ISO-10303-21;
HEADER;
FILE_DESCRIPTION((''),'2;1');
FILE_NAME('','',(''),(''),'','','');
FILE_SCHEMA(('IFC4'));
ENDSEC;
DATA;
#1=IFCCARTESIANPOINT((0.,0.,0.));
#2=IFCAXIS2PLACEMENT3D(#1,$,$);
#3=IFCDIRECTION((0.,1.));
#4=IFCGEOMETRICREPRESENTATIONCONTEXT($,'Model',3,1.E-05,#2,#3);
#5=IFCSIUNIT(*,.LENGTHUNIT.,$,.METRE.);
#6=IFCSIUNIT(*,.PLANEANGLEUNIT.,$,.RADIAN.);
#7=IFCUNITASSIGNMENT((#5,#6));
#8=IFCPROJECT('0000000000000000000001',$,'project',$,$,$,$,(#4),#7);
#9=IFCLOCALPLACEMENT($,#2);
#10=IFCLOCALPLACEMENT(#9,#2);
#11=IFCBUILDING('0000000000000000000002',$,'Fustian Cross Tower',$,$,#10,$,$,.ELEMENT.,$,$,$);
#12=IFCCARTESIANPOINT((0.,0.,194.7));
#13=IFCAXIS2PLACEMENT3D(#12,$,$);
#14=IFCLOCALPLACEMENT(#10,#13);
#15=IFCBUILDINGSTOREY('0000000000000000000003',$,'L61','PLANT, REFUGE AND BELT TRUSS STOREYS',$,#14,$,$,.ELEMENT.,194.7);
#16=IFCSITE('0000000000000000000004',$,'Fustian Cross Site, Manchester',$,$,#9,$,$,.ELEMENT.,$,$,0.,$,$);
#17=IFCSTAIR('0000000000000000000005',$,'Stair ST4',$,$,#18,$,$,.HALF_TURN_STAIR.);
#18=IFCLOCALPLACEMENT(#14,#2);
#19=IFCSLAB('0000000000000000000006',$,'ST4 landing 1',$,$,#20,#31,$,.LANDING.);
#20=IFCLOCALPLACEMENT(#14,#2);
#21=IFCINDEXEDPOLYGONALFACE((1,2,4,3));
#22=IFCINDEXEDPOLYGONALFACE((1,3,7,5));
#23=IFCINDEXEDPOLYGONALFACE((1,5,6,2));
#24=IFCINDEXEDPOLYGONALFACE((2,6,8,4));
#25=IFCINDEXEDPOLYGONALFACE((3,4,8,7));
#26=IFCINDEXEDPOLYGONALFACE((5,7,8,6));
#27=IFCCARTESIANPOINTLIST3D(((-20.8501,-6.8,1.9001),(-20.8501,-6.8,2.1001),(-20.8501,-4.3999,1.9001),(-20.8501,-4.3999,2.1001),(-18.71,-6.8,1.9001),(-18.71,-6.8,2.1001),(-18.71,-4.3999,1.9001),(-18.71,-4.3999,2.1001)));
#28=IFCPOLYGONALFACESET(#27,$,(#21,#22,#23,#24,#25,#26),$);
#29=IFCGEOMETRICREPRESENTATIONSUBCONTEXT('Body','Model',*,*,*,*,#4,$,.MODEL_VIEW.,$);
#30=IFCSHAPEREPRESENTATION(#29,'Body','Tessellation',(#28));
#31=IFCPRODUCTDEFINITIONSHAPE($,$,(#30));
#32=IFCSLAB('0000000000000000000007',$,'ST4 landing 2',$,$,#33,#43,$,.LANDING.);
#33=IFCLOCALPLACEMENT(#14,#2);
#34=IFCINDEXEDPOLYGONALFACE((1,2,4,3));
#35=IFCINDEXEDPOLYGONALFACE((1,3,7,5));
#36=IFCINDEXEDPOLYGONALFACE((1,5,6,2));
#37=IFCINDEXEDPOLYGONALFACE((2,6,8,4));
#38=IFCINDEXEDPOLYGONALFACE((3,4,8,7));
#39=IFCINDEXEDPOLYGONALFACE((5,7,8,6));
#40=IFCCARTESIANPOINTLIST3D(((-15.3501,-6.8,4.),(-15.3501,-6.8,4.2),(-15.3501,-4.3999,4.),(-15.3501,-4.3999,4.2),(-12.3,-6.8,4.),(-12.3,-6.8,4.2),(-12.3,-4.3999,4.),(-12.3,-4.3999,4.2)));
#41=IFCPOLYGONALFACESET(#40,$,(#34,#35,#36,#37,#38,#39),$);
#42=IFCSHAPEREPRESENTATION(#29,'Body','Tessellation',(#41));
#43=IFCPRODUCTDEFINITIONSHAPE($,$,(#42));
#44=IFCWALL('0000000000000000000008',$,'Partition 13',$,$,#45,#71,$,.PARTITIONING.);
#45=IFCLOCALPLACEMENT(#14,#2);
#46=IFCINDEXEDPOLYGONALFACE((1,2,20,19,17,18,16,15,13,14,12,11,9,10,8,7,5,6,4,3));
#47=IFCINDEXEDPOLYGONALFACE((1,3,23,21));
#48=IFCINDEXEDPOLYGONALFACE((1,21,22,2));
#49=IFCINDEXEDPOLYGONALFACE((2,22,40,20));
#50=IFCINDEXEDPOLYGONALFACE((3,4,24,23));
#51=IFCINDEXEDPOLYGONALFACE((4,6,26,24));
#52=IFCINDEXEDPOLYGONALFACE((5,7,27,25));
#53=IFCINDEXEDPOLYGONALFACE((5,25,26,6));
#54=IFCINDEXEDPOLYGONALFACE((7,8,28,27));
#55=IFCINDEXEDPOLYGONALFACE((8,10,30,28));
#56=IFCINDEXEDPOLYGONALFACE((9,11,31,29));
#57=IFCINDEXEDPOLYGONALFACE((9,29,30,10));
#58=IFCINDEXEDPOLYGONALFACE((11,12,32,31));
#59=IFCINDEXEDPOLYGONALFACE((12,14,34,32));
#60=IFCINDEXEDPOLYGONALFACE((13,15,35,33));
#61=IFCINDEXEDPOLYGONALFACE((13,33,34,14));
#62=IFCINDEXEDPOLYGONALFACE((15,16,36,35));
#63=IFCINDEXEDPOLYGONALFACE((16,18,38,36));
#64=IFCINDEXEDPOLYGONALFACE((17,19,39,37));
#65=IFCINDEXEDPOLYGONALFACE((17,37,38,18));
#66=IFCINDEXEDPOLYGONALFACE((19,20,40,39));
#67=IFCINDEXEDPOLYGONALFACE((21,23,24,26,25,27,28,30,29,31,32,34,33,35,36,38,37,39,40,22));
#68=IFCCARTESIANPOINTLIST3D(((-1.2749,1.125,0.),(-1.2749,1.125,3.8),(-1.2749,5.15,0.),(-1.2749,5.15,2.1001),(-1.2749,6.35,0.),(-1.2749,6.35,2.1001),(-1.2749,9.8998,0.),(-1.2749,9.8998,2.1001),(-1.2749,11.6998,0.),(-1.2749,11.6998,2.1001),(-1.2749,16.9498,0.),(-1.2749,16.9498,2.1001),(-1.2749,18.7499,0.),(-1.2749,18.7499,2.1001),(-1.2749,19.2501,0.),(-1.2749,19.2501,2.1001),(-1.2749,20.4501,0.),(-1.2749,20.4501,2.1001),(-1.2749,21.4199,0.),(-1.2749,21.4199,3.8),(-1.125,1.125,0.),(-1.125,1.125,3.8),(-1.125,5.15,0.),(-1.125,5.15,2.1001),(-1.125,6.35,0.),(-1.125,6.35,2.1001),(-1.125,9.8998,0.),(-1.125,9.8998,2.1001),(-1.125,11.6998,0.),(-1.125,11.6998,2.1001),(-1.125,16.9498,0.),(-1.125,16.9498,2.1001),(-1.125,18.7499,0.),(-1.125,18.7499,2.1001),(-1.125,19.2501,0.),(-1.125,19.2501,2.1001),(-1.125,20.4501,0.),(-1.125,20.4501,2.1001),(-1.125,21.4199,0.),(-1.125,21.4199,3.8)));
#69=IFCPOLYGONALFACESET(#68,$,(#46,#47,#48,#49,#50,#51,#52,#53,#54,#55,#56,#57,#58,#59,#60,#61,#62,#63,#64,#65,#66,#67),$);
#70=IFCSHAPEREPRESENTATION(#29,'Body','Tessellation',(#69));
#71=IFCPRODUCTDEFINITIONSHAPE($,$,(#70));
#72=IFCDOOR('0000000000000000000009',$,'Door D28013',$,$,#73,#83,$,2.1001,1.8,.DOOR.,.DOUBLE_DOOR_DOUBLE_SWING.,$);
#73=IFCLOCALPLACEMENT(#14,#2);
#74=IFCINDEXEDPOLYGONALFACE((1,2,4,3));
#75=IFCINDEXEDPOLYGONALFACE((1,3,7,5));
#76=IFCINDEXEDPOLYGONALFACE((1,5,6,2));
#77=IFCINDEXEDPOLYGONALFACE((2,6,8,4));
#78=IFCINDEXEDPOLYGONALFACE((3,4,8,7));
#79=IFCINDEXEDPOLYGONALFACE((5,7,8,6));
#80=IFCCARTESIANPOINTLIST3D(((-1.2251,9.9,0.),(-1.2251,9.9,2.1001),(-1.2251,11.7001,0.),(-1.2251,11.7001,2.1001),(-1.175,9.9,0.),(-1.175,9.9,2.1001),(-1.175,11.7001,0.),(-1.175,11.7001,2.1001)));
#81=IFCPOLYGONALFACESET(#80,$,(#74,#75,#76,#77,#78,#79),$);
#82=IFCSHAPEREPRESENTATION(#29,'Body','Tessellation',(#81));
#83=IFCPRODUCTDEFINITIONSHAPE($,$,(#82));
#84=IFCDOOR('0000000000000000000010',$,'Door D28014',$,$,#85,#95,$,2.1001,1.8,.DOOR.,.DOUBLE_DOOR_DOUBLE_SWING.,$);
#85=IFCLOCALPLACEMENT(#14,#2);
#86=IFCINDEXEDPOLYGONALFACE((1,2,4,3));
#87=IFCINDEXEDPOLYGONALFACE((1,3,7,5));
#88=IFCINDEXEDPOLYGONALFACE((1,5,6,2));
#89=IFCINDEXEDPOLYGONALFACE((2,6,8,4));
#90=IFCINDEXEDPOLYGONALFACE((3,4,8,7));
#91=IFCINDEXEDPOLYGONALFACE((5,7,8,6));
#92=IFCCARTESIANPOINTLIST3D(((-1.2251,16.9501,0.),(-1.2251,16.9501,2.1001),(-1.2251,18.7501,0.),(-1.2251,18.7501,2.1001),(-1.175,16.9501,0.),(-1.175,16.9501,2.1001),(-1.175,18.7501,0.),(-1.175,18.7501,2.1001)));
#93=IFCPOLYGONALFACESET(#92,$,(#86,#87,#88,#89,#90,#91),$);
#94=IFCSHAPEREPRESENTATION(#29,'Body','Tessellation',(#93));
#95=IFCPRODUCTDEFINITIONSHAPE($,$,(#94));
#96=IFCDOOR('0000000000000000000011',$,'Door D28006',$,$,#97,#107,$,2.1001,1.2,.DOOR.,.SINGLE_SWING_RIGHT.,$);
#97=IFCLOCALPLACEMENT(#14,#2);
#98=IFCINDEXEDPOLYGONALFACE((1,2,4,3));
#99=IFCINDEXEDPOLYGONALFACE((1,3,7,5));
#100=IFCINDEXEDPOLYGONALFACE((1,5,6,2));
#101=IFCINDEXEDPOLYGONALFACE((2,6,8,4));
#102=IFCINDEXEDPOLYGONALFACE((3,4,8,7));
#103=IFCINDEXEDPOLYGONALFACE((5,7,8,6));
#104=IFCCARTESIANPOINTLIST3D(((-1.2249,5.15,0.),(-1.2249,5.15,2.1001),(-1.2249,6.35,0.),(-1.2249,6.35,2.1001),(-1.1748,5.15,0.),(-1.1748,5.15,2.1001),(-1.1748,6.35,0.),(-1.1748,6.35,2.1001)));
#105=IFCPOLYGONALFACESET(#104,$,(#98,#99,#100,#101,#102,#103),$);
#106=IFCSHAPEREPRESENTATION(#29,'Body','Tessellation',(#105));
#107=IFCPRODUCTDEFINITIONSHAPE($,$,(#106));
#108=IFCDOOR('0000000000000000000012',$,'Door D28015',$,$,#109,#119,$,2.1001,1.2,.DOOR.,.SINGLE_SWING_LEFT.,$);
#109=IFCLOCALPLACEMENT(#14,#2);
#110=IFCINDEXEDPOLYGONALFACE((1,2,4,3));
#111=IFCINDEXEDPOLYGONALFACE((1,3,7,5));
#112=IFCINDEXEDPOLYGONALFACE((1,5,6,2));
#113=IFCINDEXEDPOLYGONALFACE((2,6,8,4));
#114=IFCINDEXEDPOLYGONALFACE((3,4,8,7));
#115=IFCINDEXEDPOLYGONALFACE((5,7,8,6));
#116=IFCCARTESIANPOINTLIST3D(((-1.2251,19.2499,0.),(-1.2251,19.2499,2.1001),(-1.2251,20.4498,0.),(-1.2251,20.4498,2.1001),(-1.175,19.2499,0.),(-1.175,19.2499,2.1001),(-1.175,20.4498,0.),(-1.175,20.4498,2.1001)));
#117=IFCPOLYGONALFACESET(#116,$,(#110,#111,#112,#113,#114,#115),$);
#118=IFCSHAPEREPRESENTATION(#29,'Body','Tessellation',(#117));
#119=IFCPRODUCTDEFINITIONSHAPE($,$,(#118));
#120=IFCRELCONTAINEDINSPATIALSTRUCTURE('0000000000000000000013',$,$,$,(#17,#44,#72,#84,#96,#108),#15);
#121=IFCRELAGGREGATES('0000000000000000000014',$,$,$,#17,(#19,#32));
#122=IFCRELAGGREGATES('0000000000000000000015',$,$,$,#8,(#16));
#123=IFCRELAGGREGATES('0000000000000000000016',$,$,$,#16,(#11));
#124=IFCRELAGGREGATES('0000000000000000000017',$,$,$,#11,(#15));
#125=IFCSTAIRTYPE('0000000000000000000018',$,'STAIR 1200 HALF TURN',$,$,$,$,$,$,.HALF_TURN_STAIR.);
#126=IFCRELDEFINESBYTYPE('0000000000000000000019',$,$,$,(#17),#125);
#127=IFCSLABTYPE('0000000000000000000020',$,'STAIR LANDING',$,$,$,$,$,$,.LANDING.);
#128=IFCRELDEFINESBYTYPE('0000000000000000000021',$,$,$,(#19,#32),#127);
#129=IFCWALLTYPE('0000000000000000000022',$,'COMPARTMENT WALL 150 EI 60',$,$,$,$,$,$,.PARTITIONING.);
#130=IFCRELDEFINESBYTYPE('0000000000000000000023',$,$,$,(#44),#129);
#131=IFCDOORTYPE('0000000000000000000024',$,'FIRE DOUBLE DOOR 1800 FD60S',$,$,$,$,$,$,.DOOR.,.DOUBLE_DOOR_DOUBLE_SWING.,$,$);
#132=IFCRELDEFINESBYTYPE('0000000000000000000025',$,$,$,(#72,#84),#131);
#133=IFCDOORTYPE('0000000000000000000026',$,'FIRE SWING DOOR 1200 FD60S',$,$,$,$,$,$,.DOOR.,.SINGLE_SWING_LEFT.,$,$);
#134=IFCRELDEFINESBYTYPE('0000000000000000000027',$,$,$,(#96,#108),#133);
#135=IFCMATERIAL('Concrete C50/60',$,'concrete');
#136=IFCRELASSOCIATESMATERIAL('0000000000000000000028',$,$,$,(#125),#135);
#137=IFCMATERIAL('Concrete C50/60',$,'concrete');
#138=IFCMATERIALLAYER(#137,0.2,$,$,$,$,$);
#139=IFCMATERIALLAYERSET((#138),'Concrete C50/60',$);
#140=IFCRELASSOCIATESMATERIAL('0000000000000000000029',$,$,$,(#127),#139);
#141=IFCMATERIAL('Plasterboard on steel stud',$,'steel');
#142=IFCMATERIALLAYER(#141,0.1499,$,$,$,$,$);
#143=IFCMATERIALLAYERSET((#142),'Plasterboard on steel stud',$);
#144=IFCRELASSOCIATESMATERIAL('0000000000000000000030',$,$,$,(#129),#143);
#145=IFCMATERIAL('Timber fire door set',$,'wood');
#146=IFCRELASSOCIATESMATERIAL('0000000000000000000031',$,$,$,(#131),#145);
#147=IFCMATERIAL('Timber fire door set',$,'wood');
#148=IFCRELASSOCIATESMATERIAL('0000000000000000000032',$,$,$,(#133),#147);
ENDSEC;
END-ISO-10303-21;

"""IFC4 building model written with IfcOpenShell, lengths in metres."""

from ifc_helpers import new_model, si_unit, direction, frame, frame_2d, origin, place, context, subcontext, project, spatial, polyline, rectangle, outline, extrude, material, layer, layer_set, type_object, element, fill, aggregate, save


model = new_model("IFC4")

# Units and contexts
model_context = context("Model", 3, precision=1e-05, world=origin(), true_north=direction((0.0, 1.0)))
body_context = subcontext(model_context, "Body", "Model", "MODEL_VIEW")
ifc_project = project(units=[si_unit("LENGTHUNIT", "METRE"), si_unit("PLANEANGLEUNIT", "RADIAN")], contexts=[model_context])

# Site, building, storey
site_placement = place(None, origin())
site = spatial("IfcSite", under=ifc_project, at=site_placement, Name="Fustian Cross Site, Manchester", CompositionType="ELEMENT", RefElevation=0.0)
building_placement = place(site_placement, origin())
building = spatial("IfcBuilding", under=site, at=building_placement, Name="Fustian Cross Tower", CompositionType="ELEMENT")
storey_placement = place(building_placement, frame((0.0, 0.0, 194.7)))
storey = spatial("IfcBuildingStorey", under=building, at=storey_placement, Name="L61", Description="PLANT, REFUGE AND BELT TRUSS STOREYS", CompositionType="ELEMENT", Elevation=194.7)

# Stair, slabs
ifc_material_1 = material(Name="Concrete C50/60", Category="concrete")
stair_type = type_object("IfcStairType", Name="STAIR 1200 HALF TURN", PredefinedType="HALF_TURN_STAIR", material=ifc_material_1)
ifc_material_2 = material(Name="Concrete C50/60", Category="concrete")
ifc_layer_1 = layer(ifc_material_2, 0.2)
ifc_layer_set_1 = layer_set([ifc_layer_1], Name="Concrete C50/60")
slab_type_1 = type_object("IfcSlabType", Name="STAIR LANDING", PredefinedType="LANDING", material=ifc_layer_set_1)
stair_1_placement = place(storey_placement, origin())
stair_1 = element("IfcStair", 1, at=stair_1_placement, inside=storey, type_object=stair_type, Name="Stair ST4", PredefinedType="HALF_TURN_STAIR")
slab_1_placement = place(storey_placement, frame((0.0, 0.0, 1.9001)))
slab_1 = element("IfcSlab", 2, at=slab_1_placement, type_object=slab_type_1, Name="ST4 landing 1", PredefinedType="LANDING", context=body_context, shape_type="SweptSolid", body=[
    extrude(outline(polyline([(-18.71, -4.3999), (-20.8501, -4.3999), (-20.8501, -6.8), (-18.71, -6.8), (-18.71, -4.3999)])), origin(), (0.0, 0.0, 1.0), 0.2),
])
slab_2_placement = place(storey_placement, frame((0.0, 0.0, 4.0)))
slab_2 = element("IfcSlab", 3, at=slab_2_placement, type_object=slab_type_1, Name="ST4 landing 2", PredefinedType="LANDING", context=body_context, shape_type="SweptSolid", body=[
    extrude(outline(polyline([(-12.3, -4.3999), (-15.3501, -4.3999), (-15.3501, -6.8), (-12.3, -6.8), (-12.3, -4.3999)])), origin(), (0.0, 0.0, 1.0), 0.2),
])
aggregate(stair_1, [slab_1, slab_2])

# Wall, openings, doors
ifc_material_3 = material(Name="Plasterboard on steel stud", Category="steel")
ifc_layer_2 = layer(ifc_material_3, 0.1499)
ifc_layer_set_2 = layer_set([ifc_layer_2], Name="Plasterboard on steel stud")
wall_type = type_object("IfcWallType", Name="COMPARTMENT WALL 150 EI 60", PredefinedType="PARTITIONING", material=ifc_layer_set_2)
wall_1_placement = place(storey_placement, frame((-1.2, 1.125, 0.0), z_axis=(0.0, 0.0, 1.0), x_axis=(0.0, 1.0, 0.0)))
wall_1 = element("IfcWall", 4, at=wall_1_placement, inside=storey, type_object=wall_type, Name="Partition 13", PredefinedType="PARTITIONING", context=body_context, shape_type="SweptSolid", body=[
    extrude(rectangle(XDim=20.2949, YDim=0.1499, at=frame_2d((10.1475, 0.0))), origin(), (0.0, 0.0, 1.0), 3.8),
])
opening_1_placement = place(wall_1_placement, frame((4.0249, 0.0, 0.0)))
opening_1 = element("IfcOpeningElement", 5, at=opening_1_placement, cuts=wall_1, PredefinedType="OPENING", context=body_context, shape_type="SweptSolid", body=[
    extrude(rectangle(XDim=1.2, YDim=2.1001, at=frame_2d((0.6001, 1.05))), frame((0.0, 0.085, 0.0), z_axis=(0.0, -1.0, 0.0), x_axis=(1.0, 0.0, 0.0)), (0.0, 0.0, 1.0), 0.1699),
])
opening_2_placement = place(wall_1_placement, frame((8.7749, 0.0, 0.0)))
opening_2 = element("IfcOpeningElement", 6, at=opening_2_placement, cuts=wall_1, PredefinedType="OPENING", context=body_context, shape_type="SweptSolid", body=[
    extrude(rectangle(XDim=1.8, YDim=2.1001, at=frame_2d((0.8999, 1.05))), frame((0.0, 0.085, 0.0), z_axis=(0.0, -1.0, 0.0), x_axis=(1.0, 0.0, 0.0)), (0.0, 0.0, 1.0), 0.1699),
])
opening_3_placement = place(wall_1_placement, frame((15.825, 0.0, 0.0)))
opening_3 = element("IfcOpeningElement", 7, at=opening_3_placement, cuts=wall_1, PredefinedType="OPENING", context=body_context, shape_type="SweptSolid", body=[
    extrude(rectangle(XDim=1.8, YDim=2.1001, at=frame_2d((0.8999, 1.05))), frame((0.0, 0.085, 0.0), z_axis=(0.0, -1.0, 0.0), x_axis=(1.0, 0.0, 0.0)), (0.0, 0.0, 1.0), 0.1699),
])
opening_4_placement = place(wall_1_placement, frame((18.125, 0.0, 0.0)))
opening_4 = element("IfcOpeningElement", 8, at=opening_4_placement, cuts=wall_1, PredefinedType="OPENING", context=body_context, shape_type="SweptSolid", body=[
    extrude(rectangle(XDim=1.2, YDim=2.1001, at=frame_2d((0.6001, 1.05))), frame((0.0, 0.085, 0.0), z_axis=(0.0, -1.0, 0.0), x_axis=(1.0, 0.0, 0.0)), (0.0, 0.0, 1.0), 0.1699),
])
ifc_material_4 = material(Name="Timber fire door set", Category="wood")
door_type_1 = type_object("IfcDoorType", Name="FIRE DOUBLE DOOR 1800 FD60S", OperationType="DOUBLE_DOOR_DOUBLE_SWING", PredefinedType="DOOR", material=ifc_material_4)
door_1_placement = place(opening_2_placement, frame((1.8, 0.0, 0.0), z_axis=(0.0, 0.0, 1.0), x_axis=(-1.0, 0.0, 0.0)))
door_1 = element("IfcDoor", 9, at=door_1_placement, inside=storey, type_object=door_type_1, Name="Door D28013", OperationType="DOUBLE_DOOR_DOUBLE_SWING", OverallHeight=2.1001, OverallWidth=1.8, PredefinedType="DOOR", context=body_context, shape_type="SweptSolid", body=[
    extrude(rectangle(XDim=1.8, YDim=2.1001, at=frame_2d((0.8999, 1.05))), frame((0.0, 0.0249, 0.0), z_axis=(0.0, -1.0, 0.0), x_axis=(1.0, 0.0, 0.0)), (0.0, 0.0, 1.0), 0.05),
])
fill(opening_2, door_1)
door_2_placement = place(opening_3_placement, frame((1.8, 0.0, 0.0), z_axis=(0.0, 0.0, 1.0), x_axis=(-1.0, 0.0, 0.0)))
door_2 = element("IfcDoor", 10, at=door_2_placement, inside=storey, type_object=door_type_1, Name="Door D28014", OperationType="DOUBLE_DOOR_DOUBLE_SWING", OverallHeight=2.1001, OverallWidth=1.8, PredefinedType="DOOR", context=body_context, shape_type="SweptSolid", body=[
    extrude(rectangle(XDim=1.8, YDim=2.1001, at=frame_2d((0.8999, 1.05))), frame((0.0, 0.0249, 0.0), z_axis=(0.0, -1.0, 0.0), x_axis=(1.0, 0.0, 0.0)), (0.0, 0.0, 1.0), 0.05),
])
fill(opening_3, door_2)
ifc_material_5 = material(Name="Timber fire door set", Category="wood")
door_type_2 = type_object("IfcDoorType", Name="FIRE SWING DOOR 1200 FD60S", OperationType="SINGLE_SWING_LEFT", PredefinedType="DOOR", material=ifc_material_5)
door_3_placement = place(opening_1_placement, origin())
door_3 = element("IfcDoor", 11, at=door_3_placement, inside=storey, type_object=door_type_2, Name="Door D28006", OperationType="SINGLE_SWING_RIGHT", OverallHeight=2.1001, OverallWidth=1.2, PredefinedType="DOOR", context=body_context, shape_type="SweptSolid", body=[
    extrude(rectangle(XDim=1.2, YDim=2.1001, at=frame_2d((0.6001, 1.05))), frame((0.0, 0.0249, 0.0), z_axis=(0.0, -1.0, 0.0), x_axis=(1.0, 0.0, 0.0)), (0.0, 0.0, 1.0), 0.05),
])
fill(opening_1, door_3)
door_4_placement = place(opening_4_placement, frame((1.2, 0.0, 0.0), z_axis=(0.0, 0.0, 1.0), x_axis=(-1.0, 0.0, 0.0)))
door_4 = element("IfcDoor", 12, at=door_4_placement, inside=storey, type_object=door_type_2, Name="Door D28015", OperationType="SINGLE_SWING_LEFT", OverallHeight=2.1001, OverallWidth=1.2, PredefinedType="DOOR", context=body_context, shape_type="SweptSolid", body=[
    extrude(rectangle(XDim=1.2, YDim=2.1001, at=frame_2d((0.6001, 1.05))), frame((0.0, 0.0249, 0.0), z_axis=(0.0, -1.0, 0.0), x_axis=(1.0, 0.0, 0.0)), (0.0, 0.0, 1.0), 0.05),
])
fill(opening_4, door_4)

save(model, "model.ifc")
